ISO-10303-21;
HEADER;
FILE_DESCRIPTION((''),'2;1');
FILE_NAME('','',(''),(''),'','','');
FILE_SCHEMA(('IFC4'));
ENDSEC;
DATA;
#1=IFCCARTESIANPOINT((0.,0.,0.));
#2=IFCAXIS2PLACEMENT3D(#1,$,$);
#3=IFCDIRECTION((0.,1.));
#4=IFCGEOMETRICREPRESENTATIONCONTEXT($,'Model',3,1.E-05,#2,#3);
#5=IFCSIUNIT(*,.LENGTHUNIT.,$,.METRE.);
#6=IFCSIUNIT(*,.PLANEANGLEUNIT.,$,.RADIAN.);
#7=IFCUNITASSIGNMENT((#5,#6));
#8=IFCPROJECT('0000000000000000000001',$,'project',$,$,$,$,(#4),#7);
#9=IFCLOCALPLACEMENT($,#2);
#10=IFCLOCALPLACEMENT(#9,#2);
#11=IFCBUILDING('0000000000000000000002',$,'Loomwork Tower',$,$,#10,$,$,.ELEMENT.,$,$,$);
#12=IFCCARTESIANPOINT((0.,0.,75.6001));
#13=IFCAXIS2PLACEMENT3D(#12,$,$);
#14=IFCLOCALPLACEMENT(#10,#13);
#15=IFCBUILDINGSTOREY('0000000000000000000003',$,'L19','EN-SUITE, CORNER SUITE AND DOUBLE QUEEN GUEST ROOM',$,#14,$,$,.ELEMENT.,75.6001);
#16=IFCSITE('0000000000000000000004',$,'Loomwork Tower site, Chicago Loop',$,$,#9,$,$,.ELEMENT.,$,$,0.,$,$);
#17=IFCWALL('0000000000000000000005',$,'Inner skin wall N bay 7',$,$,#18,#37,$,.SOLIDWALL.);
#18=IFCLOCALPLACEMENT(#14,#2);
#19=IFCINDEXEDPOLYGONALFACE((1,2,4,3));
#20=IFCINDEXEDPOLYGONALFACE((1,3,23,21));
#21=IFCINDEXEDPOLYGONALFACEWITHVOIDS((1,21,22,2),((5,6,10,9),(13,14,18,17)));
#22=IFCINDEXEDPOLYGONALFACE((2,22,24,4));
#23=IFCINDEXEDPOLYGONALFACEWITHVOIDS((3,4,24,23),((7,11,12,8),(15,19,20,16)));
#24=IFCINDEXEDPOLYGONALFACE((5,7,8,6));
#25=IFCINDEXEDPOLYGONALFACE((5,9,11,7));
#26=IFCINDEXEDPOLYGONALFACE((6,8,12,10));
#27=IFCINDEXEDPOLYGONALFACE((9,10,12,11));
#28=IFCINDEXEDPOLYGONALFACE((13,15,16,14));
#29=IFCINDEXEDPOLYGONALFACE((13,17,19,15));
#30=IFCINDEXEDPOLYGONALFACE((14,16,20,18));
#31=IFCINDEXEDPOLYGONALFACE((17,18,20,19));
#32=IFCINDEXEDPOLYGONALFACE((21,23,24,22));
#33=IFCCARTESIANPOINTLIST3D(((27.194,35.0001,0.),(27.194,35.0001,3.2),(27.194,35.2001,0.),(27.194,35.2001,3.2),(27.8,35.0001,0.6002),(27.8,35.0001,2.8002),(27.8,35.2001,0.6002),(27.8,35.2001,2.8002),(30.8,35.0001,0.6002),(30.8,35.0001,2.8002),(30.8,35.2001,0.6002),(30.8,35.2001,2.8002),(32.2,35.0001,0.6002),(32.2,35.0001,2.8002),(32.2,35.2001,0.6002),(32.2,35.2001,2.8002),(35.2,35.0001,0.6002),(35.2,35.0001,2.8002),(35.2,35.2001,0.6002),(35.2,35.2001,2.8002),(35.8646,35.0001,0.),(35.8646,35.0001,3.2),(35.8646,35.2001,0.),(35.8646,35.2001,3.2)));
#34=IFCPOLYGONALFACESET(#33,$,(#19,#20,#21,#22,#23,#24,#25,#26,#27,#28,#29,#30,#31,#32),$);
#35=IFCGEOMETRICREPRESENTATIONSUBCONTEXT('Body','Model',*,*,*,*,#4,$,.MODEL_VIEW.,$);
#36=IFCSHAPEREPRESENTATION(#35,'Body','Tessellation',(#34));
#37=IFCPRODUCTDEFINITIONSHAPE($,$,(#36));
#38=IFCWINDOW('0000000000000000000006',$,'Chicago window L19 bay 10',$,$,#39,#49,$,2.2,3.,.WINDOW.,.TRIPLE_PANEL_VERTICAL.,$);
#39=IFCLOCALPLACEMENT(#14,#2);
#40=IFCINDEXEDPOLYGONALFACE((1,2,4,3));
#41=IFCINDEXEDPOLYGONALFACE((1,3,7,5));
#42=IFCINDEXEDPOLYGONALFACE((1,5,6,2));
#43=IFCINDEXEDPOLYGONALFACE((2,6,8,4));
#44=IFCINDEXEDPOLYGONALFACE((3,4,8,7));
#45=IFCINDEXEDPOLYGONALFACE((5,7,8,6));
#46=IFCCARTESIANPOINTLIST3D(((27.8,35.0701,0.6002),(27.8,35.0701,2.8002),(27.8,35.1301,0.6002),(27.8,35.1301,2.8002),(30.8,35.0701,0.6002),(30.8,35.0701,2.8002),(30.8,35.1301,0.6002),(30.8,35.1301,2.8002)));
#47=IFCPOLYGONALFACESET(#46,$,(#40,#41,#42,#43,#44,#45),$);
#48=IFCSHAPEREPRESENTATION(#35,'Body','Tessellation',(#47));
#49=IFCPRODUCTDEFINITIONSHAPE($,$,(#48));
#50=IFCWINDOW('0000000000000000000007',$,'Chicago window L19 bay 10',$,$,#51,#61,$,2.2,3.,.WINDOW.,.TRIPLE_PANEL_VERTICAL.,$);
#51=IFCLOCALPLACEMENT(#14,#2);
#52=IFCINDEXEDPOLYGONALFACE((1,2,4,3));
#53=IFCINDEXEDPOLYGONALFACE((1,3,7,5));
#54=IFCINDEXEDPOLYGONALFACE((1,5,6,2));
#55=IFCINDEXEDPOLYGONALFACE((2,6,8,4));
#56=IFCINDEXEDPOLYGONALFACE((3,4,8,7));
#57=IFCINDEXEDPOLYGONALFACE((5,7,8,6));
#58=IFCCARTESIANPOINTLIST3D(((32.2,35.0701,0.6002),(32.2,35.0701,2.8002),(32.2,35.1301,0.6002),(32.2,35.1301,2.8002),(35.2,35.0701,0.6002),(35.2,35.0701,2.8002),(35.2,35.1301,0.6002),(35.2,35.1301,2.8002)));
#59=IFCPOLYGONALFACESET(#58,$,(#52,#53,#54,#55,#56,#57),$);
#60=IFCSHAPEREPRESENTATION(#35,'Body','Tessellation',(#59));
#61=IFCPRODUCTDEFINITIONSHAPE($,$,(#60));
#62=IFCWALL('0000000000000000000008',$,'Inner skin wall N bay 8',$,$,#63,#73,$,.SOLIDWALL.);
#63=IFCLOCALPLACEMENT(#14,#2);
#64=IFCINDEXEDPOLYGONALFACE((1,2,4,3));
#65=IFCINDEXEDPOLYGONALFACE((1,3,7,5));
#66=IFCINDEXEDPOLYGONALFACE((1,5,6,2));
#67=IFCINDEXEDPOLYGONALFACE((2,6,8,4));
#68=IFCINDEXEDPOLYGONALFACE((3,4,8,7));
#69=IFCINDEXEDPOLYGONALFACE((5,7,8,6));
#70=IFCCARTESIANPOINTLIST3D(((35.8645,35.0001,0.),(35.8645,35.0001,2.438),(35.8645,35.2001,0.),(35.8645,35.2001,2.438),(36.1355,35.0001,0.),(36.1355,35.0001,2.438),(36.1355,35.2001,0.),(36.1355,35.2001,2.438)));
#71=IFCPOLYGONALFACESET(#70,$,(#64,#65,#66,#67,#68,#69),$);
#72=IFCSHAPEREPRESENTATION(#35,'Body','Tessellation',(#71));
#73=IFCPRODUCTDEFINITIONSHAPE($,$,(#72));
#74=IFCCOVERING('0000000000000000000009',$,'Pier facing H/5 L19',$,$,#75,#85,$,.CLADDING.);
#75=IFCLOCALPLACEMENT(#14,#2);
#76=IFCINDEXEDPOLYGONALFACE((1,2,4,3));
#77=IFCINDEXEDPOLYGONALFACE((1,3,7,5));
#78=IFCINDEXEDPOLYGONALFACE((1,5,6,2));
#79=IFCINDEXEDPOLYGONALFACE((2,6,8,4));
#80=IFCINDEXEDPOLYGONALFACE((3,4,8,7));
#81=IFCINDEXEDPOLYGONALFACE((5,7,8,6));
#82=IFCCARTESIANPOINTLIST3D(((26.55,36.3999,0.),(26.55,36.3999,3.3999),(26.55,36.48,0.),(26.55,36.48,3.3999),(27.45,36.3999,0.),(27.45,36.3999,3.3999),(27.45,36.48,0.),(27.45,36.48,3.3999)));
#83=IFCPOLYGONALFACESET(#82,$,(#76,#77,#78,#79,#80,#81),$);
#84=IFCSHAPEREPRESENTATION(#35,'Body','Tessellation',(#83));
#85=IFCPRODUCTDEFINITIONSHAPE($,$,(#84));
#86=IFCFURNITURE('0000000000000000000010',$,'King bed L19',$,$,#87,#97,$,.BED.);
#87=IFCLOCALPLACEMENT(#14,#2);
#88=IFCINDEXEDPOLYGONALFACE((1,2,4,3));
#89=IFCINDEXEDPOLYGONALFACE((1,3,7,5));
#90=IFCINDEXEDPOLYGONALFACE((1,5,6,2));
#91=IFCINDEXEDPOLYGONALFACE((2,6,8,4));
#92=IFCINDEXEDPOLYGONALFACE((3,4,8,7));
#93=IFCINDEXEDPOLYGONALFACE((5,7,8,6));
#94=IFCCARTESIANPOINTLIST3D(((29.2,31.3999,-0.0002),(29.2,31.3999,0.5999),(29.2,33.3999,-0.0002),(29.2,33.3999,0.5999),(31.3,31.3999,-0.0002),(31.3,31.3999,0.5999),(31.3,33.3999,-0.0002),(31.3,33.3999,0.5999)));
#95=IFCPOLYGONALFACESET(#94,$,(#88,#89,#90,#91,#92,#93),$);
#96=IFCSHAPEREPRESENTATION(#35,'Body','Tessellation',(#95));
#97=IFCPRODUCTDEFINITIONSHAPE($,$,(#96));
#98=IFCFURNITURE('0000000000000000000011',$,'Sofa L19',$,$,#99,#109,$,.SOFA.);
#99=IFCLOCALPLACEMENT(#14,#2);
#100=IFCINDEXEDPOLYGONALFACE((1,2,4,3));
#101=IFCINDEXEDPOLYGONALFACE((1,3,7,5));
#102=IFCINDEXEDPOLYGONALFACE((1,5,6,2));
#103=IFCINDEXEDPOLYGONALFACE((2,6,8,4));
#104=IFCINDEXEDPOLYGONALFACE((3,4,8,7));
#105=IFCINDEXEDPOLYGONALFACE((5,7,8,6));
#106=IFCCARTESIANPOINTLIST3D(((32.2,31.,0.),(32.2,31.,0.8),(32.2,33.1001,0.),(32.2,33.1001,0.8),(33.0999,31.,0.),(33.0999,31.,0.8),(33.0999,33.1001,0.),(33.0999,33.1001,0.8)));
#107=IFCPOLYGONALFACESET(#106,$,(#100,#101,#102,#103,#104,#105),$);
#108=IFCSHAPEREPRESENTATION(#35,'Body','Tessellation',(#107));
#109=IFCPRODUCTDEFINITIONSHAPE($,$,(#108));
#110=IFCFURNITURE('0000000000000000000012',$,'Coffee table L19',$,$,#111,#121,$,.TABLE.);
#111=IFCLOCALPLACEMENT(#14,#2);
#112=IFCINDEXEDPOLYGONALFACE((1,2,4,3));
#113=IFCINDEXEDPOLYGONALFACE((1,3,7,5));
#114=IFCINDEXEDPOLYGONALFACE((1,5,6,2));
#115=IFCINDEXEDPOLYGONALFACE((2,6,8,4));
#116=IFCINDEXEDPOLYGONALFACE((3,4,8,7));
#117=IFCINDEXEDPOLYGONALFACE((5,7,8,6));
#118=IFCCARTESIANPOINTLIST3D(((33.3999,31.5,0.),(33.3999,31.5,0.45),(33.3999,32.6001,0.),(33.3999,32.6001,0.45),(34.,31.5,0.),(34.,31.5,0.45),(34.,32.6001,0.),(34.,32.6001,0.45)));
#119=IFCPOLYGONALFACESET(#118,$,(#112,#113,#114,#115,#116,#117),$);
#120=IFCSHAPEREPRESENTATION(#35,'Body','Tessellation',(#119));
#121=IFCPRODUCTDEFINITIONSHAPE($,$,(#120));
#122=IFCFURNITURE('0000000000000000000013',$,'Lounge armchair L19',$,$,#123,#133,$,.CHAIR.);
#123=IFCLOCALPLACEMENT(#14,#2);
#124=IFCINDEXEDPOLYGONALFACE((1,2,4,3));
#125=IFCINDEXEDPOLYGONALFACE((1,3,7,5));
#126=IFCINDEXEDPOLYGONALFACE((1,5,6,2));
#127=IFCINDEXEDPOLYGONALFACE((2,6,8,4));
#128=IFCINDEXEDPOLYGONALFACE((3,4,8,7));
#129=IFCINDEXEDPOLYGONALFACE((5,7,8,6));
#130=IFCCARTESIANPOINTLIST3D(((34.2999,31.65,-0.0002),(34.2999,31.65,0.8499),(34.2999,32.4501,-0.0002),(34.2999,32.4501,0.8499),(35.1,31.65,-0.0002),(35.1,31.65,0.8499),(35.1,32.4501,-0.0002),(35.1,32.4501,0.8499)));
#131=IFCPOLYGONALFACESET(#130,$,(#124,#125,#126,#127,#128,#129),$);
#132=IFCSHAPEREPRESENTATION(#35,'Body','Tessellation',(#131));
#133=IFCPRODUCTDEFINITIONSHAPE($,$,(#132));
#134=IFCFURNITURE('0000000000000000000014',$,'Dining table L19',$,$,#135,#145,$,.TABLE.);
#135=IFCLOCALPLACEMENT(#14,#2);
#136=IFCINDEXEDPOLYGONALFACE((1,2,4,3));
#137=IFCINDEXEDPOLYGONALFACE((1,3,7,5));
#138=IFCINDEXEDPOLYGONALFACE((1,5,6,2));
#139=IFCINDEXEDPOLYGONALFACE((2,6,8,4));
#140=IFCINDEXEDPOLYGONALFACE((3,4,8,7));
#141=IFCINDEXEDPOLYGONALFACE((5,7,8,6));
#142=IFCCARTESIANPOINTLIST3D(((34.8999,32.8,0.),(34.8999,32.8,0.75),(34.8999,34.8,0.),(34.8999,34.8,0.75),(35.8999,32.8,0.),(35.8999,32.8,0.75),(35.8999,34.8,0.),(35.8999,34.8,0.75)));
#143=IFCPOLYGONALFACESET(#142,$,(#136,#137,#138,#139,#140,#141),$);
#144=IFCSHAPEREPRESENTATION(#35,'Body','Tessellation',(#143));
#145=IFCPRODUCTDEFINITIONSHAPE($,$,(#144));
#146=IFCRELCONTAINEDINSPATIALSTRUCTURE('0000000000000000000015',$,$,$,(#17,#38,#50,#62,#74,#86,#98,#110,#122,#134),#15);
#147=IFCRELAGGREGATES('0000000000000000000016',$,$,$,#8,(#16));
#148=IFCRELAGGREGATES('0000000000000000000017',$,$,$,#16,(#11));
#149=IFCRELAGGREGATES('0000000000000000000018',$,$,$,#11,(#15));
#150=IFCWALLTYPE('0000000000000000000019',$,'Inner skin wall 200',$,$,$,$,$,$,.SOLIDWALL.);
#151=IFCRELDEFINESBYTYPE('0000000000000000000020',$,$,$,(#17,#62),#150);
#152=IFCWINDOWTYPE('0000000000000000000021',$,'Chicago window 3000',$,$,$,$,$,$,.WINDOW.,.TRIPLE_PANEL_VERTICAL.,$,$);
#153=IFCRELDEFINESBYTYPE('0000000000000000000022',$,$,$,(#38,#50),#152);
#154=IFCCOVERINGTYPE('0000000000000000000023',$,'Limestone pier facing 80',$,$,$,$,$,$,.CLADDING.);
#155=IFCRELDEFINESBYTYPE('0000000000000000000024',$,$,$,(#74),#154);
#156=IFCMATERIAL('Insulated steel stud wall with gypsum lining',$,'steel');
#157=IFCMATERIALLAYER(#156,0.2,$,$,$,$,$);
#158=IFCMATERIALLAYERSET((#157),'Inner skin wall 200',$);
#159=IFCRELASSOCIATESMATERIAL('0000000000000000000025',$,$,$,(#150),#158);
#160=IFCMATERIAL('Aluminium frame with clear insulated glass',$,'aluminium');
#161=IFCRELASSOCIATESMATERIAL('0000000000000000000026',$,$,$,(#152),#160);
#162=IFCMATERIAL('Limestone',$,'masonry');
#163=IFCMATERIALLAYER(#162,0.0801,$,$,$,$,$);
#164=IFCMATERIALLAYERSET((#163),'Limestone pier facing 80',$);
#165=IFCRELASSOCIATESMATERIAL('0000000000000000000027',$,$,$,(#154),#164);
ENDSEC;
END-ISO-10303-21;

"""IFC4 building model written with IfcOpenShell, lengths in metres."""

from ifc_helpers import new_model, si_unit, direction, frame, frame_2d, origin, origin_2d, place, context, subcontext, project, spatial, rectangle, extrude, material, layer, layer_set, type_object, element, fill, save


model = new_model("IFC4")

# Units and contexts
model_context = context("Model", 3, precision=1e-05, world=origin(), true_north=direction((0.0, 1.0)))
body_context = subcontext(model_context, "Body", "Model", "MODEL_VIEW")
ifc_project = project(units=[si_unit("LENGTHUNIT", "METRE"), si_unit("PLANEANGLEUNIT", "RADIAN")], contexts=[model_context])

# Site, building, storey
site_placement = place(None, origin())
site = spatial("IfcSite", under=ifc_project, at=site_placement, Name="Loomwork Tower site, Chicago Loop", CompositionType="ELEMENT", RefElevation=0.0)
building_placement = place(site_placement, origin())
building = spatial("IfcBuilding", under=site, at=building_placement, Name="Loomwork Tower", CompositionType="ELEMENT")
storey_placement = place(building_placement, frame((0.0, 0.0, 75.6001)))
storey = spatial("IfcBuildingStorey", under=building, at=storey_placement, Name="L19", Description="EN-SUITE, CORNER SUITE AND DOUBLE QUEEN GUEST ROOM", CompositionType="ELEMENT", Elevation=75.6001)

# Wall, openings, windows
ifc_material_1 = material(Name="Insulated steel stud wall with gypsum lining", Category="steel")
ifc_layer_1 = layer(ifc_material_1, 0.2)
ifc_layer_set_1 = layer_set([ifc_layer_1], Name="Inner skin wall 200")
wall_type = type_object("IfcWallType", Name="Inner skin wall 200", PredefinedType="SOLIDWALL", material=ifc_layer_set_1)
wall_1_placement = place(storey_placement, frame((27.1938, 35.1001, 0.0), z_axis=(0.0, 0.0, 1.0), x_axis=(1.0, 0.0, 0.0)))
wall_1 = element("IfcWall", 1, at=wall_1_placement, inside=storey, type_object=wall_type, Name="Inner skin wall N bay 7", PredefinedType="SOLIDWALL", context=body_context, shape_type="SweptSolid", body=[
    extrude(rectangle(XDim=8.6707, YDim=0.2, at=frame_2d((4.3354, 0.0))), origin(), (0.0, 0.0, 1.0), 3.2),
])
opening_1_placement = place(wall_1_placement, frame((0.6062, 0.0, 0.6001)))
opening_1 = element("IfcOpeningElement", 2, at=opening_1_placement, cuts=wall_1, PredefinedType="OPENING", context=body_context, shape_type="SweptSolid", body=[
    extrude(rectangle(XDim=3.0, YDim=2.2, at=frame_2d((1.5, 1.1001))), frame((0.0, 0.1099, 0.0), z_axis=(0.0, -1.0, 0.0), x_axis=(1.0, 0.0, 0.0)), (0.0, 0.0, 1.0), 0.22),
])
opening_2_placement = place(wall_1_placement, frame((5.0061, 0.0, 0.6001)))
opening_2 = element("IfcOpeningElement", 3, at=opening_2_placement, cuts=wall_1, PredefinedType="OPENING", context=body_context, shape_type="SweptSolid", body=[
    extrude(rectangle(XDim=3.0, YDim=2.2, at=frame_2d((1.5, 1.1001))), frame((0.0, 0.1099, 0.0), z_axis=(0.0, -1.0, 0.0), x_axis=(1.0, 0.0, 0.0)), (0.0, 0.0, 1.0), 0.22),
])
ifc_material_2 = material(Name="Aluminium frame with clear insulated glass", Category="aluminium")
window_type = type_object("IfcWindowType", Name="Chicago window 3000", PartitioningType="TRIPLE_PANEL_VERTICAL", PredefinedType="WINDOW", material=ifc_material_2)
window_1_placement = place(opening_1_placement, origin())
window_1 = element("IfcWindow", 4, at=window_1_placement, inside=storey, type_object=window_type, Name="Chicago window L19 bay 10", OverallHeight=2.2, OverallWidth=3.0, PartitioningType="TRIPLE_PANEL_VERTICAL", PredefinedType="WINDOW", context=body_context, shape_type="SweptSolid", body=[
    extrude(rectangle(XDim=3.0, YDim=2.2, at=frame_2d((1.5, 1.1001))), frame((0.0, 0.03, 0.0), z_axis=(0.0, -1.0, 0.0), x_axis=(1.0, 0.0, 0.0)), (0.0, 0.0, 1.0), 0.0601),
])
fill(opening_1, window_1)
window_2_placement = place(opening_2_placement, origin())
window_2 = element("IfcWindow", 5, at=window_2_placement, inside=storey, type_object=window_type, Name="Chicago window L19 bay 10", OverallHeight=2.2, OverallWidth=3.0, PartitioningType="TRIPLE_PANEL_VERTICAL", PredefinedType="WINDOW", context=body_context, shape_type="SweptSolid", body=[
    extrude(rectangle(XDim=3.0, YDim=2.2, at=frame_2d((1.5, 1.1001))), frame((0.0, 0.03, 0.0), z_axis=(0.0, -1.0, 0.0), x_axis=(1.0, 0.0, 0.0)), (0.0, 0.0, 1.0), 0.0601),
])
fill(opening_2, window_2)

# Wall
wall_2_placement = place(storey_placement, frame((35.8645, 35.1001, 0.0), z_axis=(0.0, 0.0, 1.0), x_axis=(1.0, 0.0, 0.0)))
element("IfcWall", 6, at=wall_2_placement, inside=storey, type_object=wall_type, Name="Inner skin wall N bay 8", PredefinedType="SOLIDWALL", context=body_context, shape_type="SweptSolid", body=[
    extrude(rectangle(XDim=0.271, YDim=0.2, at=frame_2d((0.1355, 0.0))), origin(), (0.0, 0.0, 1.0), 2.438),
])

# Covering
ifc_material_3 = material(Name="Limestone", Category="masonry")
ifc_layer_2 = layer(ifc_material_3, 0.0801)
ifc_layer_set_2 = layer_set([ifc_layer_2], Name="Limestone pier facing 80")
covering_type = type_object("IfcCoveringType", Name="Limestone pier facing 80", PredefinedType="CLADDING", material=ifc_layer_set_2)
covering_placement = place(storey_placement, frame((27.0, 36.4399, 0.0), z_axis=(0.0, 0.0, 1.0), x_axis=(1.0, 0.0, 0.0)))
element("IfcCovering", 7, at=covering_placement, inside=storey, type_object=covering_type, Name="Pier facing H/5 L19", PredefinedType="CLADDING", context=body_context, shape_type="SweptSolid", body=[
    extrude(rectangle(XDim=0.8999, YDim=0.0801, at=origin_2d()), origin(), (0.0, 0.0, 1.0), 3.3999),
])

# Furniture
furniture_1_placement = place(storey_placement, frame((30.25, 32.3999, -0.0002), z_axis=(0.0, 0.0, 1.0), x_axis=(1.0, 0.0, 0.0)))
element("IfcFurniture", 8, at=furniture_1_placement, inside=storey, Name="King bed L19", PredefinedType="BED", context=body_context, shape_type="SweptSolid", body=[
    extrude(rectangle(XDim=2.1001, YDim=2.0, at=origin_2d()), origin(), (0.0, 0.0, 1.0), 0.6001),
])
furniture_2_placement = place(storey_placement, frame((32.6499, 32.05, 0.0), z_axis=(0.0, 0.0, 1.0), x_axis=(1.0, 0.0, 0.0)))
element("IfcFurniture", 9, at=furniture_2_placement, inside=storey, Name="Sofa L19", PredefinedType="SOFA", context=body_context, shape_type="SweptSolid", body=[
    extrude(rectangle(XDim=0.8999, YDim=2.1001, at=origin_2d()), origin(), (0.0, 0.0, 1.0), 0.8),
])
furniture_3_placement = place(storey_placement, frame((33.7, 32.05, 0.0), z_axis=(0.0, 0.0, 1.0), x_axis=(1.0, 0.0, 0.0)))
element("IfcFurniture", 10, at=furniture_3_placement, inside=storey, Name="Coffee table L19", PredefinedType="TABLE", context=body_context, shape_type="SweptSolid", body=[
    extrude(rectangle(XDim=0.6001, YDim=1.1001, at=origin_2d()), origin(), (0.0, 0.0, 1.0), 0.45),
])
furniture_4_placement = place(storey_placement, frame((34.7, 32.05, -0.0002), z_axis=(0.0, 0.0, 1.0), x_axis=(1.0, 0.0, 0.0)))
element("IfcFurniture", 11, at=furniture_4_placement, inside=storey, Name="Lounge armchair L19", PredefinedType="CHAIR", context=body_context, shape_type="SweptSolid", body=[
    extrude(rectangle(XDim=0.8, YDim=0.8, at=origin_2d()), origin(), (0.0, 0.0, 1.0), 0.8501),
])
furniture_5_placement = place(storey_placement, frame((35.3999, 33.8, 0.0), z_axis=(0.0, 0.0, 1.0), x_axis=(1.0, 0.0, 0.0)))
element("IfcFurniture", 12, at=furniture_5_placement, inside=storey, Name="Dining table L19", PredefinedType="TABLE", context=body_context, shape_type="SweptSolid", body=[
    extrude(rectangle(XDim=1.0, YDim=2.0, at=origin_2d()), origin(), (0.0, 0.0, 1.0), 0.75),
])

save(model, "model.ifc")
